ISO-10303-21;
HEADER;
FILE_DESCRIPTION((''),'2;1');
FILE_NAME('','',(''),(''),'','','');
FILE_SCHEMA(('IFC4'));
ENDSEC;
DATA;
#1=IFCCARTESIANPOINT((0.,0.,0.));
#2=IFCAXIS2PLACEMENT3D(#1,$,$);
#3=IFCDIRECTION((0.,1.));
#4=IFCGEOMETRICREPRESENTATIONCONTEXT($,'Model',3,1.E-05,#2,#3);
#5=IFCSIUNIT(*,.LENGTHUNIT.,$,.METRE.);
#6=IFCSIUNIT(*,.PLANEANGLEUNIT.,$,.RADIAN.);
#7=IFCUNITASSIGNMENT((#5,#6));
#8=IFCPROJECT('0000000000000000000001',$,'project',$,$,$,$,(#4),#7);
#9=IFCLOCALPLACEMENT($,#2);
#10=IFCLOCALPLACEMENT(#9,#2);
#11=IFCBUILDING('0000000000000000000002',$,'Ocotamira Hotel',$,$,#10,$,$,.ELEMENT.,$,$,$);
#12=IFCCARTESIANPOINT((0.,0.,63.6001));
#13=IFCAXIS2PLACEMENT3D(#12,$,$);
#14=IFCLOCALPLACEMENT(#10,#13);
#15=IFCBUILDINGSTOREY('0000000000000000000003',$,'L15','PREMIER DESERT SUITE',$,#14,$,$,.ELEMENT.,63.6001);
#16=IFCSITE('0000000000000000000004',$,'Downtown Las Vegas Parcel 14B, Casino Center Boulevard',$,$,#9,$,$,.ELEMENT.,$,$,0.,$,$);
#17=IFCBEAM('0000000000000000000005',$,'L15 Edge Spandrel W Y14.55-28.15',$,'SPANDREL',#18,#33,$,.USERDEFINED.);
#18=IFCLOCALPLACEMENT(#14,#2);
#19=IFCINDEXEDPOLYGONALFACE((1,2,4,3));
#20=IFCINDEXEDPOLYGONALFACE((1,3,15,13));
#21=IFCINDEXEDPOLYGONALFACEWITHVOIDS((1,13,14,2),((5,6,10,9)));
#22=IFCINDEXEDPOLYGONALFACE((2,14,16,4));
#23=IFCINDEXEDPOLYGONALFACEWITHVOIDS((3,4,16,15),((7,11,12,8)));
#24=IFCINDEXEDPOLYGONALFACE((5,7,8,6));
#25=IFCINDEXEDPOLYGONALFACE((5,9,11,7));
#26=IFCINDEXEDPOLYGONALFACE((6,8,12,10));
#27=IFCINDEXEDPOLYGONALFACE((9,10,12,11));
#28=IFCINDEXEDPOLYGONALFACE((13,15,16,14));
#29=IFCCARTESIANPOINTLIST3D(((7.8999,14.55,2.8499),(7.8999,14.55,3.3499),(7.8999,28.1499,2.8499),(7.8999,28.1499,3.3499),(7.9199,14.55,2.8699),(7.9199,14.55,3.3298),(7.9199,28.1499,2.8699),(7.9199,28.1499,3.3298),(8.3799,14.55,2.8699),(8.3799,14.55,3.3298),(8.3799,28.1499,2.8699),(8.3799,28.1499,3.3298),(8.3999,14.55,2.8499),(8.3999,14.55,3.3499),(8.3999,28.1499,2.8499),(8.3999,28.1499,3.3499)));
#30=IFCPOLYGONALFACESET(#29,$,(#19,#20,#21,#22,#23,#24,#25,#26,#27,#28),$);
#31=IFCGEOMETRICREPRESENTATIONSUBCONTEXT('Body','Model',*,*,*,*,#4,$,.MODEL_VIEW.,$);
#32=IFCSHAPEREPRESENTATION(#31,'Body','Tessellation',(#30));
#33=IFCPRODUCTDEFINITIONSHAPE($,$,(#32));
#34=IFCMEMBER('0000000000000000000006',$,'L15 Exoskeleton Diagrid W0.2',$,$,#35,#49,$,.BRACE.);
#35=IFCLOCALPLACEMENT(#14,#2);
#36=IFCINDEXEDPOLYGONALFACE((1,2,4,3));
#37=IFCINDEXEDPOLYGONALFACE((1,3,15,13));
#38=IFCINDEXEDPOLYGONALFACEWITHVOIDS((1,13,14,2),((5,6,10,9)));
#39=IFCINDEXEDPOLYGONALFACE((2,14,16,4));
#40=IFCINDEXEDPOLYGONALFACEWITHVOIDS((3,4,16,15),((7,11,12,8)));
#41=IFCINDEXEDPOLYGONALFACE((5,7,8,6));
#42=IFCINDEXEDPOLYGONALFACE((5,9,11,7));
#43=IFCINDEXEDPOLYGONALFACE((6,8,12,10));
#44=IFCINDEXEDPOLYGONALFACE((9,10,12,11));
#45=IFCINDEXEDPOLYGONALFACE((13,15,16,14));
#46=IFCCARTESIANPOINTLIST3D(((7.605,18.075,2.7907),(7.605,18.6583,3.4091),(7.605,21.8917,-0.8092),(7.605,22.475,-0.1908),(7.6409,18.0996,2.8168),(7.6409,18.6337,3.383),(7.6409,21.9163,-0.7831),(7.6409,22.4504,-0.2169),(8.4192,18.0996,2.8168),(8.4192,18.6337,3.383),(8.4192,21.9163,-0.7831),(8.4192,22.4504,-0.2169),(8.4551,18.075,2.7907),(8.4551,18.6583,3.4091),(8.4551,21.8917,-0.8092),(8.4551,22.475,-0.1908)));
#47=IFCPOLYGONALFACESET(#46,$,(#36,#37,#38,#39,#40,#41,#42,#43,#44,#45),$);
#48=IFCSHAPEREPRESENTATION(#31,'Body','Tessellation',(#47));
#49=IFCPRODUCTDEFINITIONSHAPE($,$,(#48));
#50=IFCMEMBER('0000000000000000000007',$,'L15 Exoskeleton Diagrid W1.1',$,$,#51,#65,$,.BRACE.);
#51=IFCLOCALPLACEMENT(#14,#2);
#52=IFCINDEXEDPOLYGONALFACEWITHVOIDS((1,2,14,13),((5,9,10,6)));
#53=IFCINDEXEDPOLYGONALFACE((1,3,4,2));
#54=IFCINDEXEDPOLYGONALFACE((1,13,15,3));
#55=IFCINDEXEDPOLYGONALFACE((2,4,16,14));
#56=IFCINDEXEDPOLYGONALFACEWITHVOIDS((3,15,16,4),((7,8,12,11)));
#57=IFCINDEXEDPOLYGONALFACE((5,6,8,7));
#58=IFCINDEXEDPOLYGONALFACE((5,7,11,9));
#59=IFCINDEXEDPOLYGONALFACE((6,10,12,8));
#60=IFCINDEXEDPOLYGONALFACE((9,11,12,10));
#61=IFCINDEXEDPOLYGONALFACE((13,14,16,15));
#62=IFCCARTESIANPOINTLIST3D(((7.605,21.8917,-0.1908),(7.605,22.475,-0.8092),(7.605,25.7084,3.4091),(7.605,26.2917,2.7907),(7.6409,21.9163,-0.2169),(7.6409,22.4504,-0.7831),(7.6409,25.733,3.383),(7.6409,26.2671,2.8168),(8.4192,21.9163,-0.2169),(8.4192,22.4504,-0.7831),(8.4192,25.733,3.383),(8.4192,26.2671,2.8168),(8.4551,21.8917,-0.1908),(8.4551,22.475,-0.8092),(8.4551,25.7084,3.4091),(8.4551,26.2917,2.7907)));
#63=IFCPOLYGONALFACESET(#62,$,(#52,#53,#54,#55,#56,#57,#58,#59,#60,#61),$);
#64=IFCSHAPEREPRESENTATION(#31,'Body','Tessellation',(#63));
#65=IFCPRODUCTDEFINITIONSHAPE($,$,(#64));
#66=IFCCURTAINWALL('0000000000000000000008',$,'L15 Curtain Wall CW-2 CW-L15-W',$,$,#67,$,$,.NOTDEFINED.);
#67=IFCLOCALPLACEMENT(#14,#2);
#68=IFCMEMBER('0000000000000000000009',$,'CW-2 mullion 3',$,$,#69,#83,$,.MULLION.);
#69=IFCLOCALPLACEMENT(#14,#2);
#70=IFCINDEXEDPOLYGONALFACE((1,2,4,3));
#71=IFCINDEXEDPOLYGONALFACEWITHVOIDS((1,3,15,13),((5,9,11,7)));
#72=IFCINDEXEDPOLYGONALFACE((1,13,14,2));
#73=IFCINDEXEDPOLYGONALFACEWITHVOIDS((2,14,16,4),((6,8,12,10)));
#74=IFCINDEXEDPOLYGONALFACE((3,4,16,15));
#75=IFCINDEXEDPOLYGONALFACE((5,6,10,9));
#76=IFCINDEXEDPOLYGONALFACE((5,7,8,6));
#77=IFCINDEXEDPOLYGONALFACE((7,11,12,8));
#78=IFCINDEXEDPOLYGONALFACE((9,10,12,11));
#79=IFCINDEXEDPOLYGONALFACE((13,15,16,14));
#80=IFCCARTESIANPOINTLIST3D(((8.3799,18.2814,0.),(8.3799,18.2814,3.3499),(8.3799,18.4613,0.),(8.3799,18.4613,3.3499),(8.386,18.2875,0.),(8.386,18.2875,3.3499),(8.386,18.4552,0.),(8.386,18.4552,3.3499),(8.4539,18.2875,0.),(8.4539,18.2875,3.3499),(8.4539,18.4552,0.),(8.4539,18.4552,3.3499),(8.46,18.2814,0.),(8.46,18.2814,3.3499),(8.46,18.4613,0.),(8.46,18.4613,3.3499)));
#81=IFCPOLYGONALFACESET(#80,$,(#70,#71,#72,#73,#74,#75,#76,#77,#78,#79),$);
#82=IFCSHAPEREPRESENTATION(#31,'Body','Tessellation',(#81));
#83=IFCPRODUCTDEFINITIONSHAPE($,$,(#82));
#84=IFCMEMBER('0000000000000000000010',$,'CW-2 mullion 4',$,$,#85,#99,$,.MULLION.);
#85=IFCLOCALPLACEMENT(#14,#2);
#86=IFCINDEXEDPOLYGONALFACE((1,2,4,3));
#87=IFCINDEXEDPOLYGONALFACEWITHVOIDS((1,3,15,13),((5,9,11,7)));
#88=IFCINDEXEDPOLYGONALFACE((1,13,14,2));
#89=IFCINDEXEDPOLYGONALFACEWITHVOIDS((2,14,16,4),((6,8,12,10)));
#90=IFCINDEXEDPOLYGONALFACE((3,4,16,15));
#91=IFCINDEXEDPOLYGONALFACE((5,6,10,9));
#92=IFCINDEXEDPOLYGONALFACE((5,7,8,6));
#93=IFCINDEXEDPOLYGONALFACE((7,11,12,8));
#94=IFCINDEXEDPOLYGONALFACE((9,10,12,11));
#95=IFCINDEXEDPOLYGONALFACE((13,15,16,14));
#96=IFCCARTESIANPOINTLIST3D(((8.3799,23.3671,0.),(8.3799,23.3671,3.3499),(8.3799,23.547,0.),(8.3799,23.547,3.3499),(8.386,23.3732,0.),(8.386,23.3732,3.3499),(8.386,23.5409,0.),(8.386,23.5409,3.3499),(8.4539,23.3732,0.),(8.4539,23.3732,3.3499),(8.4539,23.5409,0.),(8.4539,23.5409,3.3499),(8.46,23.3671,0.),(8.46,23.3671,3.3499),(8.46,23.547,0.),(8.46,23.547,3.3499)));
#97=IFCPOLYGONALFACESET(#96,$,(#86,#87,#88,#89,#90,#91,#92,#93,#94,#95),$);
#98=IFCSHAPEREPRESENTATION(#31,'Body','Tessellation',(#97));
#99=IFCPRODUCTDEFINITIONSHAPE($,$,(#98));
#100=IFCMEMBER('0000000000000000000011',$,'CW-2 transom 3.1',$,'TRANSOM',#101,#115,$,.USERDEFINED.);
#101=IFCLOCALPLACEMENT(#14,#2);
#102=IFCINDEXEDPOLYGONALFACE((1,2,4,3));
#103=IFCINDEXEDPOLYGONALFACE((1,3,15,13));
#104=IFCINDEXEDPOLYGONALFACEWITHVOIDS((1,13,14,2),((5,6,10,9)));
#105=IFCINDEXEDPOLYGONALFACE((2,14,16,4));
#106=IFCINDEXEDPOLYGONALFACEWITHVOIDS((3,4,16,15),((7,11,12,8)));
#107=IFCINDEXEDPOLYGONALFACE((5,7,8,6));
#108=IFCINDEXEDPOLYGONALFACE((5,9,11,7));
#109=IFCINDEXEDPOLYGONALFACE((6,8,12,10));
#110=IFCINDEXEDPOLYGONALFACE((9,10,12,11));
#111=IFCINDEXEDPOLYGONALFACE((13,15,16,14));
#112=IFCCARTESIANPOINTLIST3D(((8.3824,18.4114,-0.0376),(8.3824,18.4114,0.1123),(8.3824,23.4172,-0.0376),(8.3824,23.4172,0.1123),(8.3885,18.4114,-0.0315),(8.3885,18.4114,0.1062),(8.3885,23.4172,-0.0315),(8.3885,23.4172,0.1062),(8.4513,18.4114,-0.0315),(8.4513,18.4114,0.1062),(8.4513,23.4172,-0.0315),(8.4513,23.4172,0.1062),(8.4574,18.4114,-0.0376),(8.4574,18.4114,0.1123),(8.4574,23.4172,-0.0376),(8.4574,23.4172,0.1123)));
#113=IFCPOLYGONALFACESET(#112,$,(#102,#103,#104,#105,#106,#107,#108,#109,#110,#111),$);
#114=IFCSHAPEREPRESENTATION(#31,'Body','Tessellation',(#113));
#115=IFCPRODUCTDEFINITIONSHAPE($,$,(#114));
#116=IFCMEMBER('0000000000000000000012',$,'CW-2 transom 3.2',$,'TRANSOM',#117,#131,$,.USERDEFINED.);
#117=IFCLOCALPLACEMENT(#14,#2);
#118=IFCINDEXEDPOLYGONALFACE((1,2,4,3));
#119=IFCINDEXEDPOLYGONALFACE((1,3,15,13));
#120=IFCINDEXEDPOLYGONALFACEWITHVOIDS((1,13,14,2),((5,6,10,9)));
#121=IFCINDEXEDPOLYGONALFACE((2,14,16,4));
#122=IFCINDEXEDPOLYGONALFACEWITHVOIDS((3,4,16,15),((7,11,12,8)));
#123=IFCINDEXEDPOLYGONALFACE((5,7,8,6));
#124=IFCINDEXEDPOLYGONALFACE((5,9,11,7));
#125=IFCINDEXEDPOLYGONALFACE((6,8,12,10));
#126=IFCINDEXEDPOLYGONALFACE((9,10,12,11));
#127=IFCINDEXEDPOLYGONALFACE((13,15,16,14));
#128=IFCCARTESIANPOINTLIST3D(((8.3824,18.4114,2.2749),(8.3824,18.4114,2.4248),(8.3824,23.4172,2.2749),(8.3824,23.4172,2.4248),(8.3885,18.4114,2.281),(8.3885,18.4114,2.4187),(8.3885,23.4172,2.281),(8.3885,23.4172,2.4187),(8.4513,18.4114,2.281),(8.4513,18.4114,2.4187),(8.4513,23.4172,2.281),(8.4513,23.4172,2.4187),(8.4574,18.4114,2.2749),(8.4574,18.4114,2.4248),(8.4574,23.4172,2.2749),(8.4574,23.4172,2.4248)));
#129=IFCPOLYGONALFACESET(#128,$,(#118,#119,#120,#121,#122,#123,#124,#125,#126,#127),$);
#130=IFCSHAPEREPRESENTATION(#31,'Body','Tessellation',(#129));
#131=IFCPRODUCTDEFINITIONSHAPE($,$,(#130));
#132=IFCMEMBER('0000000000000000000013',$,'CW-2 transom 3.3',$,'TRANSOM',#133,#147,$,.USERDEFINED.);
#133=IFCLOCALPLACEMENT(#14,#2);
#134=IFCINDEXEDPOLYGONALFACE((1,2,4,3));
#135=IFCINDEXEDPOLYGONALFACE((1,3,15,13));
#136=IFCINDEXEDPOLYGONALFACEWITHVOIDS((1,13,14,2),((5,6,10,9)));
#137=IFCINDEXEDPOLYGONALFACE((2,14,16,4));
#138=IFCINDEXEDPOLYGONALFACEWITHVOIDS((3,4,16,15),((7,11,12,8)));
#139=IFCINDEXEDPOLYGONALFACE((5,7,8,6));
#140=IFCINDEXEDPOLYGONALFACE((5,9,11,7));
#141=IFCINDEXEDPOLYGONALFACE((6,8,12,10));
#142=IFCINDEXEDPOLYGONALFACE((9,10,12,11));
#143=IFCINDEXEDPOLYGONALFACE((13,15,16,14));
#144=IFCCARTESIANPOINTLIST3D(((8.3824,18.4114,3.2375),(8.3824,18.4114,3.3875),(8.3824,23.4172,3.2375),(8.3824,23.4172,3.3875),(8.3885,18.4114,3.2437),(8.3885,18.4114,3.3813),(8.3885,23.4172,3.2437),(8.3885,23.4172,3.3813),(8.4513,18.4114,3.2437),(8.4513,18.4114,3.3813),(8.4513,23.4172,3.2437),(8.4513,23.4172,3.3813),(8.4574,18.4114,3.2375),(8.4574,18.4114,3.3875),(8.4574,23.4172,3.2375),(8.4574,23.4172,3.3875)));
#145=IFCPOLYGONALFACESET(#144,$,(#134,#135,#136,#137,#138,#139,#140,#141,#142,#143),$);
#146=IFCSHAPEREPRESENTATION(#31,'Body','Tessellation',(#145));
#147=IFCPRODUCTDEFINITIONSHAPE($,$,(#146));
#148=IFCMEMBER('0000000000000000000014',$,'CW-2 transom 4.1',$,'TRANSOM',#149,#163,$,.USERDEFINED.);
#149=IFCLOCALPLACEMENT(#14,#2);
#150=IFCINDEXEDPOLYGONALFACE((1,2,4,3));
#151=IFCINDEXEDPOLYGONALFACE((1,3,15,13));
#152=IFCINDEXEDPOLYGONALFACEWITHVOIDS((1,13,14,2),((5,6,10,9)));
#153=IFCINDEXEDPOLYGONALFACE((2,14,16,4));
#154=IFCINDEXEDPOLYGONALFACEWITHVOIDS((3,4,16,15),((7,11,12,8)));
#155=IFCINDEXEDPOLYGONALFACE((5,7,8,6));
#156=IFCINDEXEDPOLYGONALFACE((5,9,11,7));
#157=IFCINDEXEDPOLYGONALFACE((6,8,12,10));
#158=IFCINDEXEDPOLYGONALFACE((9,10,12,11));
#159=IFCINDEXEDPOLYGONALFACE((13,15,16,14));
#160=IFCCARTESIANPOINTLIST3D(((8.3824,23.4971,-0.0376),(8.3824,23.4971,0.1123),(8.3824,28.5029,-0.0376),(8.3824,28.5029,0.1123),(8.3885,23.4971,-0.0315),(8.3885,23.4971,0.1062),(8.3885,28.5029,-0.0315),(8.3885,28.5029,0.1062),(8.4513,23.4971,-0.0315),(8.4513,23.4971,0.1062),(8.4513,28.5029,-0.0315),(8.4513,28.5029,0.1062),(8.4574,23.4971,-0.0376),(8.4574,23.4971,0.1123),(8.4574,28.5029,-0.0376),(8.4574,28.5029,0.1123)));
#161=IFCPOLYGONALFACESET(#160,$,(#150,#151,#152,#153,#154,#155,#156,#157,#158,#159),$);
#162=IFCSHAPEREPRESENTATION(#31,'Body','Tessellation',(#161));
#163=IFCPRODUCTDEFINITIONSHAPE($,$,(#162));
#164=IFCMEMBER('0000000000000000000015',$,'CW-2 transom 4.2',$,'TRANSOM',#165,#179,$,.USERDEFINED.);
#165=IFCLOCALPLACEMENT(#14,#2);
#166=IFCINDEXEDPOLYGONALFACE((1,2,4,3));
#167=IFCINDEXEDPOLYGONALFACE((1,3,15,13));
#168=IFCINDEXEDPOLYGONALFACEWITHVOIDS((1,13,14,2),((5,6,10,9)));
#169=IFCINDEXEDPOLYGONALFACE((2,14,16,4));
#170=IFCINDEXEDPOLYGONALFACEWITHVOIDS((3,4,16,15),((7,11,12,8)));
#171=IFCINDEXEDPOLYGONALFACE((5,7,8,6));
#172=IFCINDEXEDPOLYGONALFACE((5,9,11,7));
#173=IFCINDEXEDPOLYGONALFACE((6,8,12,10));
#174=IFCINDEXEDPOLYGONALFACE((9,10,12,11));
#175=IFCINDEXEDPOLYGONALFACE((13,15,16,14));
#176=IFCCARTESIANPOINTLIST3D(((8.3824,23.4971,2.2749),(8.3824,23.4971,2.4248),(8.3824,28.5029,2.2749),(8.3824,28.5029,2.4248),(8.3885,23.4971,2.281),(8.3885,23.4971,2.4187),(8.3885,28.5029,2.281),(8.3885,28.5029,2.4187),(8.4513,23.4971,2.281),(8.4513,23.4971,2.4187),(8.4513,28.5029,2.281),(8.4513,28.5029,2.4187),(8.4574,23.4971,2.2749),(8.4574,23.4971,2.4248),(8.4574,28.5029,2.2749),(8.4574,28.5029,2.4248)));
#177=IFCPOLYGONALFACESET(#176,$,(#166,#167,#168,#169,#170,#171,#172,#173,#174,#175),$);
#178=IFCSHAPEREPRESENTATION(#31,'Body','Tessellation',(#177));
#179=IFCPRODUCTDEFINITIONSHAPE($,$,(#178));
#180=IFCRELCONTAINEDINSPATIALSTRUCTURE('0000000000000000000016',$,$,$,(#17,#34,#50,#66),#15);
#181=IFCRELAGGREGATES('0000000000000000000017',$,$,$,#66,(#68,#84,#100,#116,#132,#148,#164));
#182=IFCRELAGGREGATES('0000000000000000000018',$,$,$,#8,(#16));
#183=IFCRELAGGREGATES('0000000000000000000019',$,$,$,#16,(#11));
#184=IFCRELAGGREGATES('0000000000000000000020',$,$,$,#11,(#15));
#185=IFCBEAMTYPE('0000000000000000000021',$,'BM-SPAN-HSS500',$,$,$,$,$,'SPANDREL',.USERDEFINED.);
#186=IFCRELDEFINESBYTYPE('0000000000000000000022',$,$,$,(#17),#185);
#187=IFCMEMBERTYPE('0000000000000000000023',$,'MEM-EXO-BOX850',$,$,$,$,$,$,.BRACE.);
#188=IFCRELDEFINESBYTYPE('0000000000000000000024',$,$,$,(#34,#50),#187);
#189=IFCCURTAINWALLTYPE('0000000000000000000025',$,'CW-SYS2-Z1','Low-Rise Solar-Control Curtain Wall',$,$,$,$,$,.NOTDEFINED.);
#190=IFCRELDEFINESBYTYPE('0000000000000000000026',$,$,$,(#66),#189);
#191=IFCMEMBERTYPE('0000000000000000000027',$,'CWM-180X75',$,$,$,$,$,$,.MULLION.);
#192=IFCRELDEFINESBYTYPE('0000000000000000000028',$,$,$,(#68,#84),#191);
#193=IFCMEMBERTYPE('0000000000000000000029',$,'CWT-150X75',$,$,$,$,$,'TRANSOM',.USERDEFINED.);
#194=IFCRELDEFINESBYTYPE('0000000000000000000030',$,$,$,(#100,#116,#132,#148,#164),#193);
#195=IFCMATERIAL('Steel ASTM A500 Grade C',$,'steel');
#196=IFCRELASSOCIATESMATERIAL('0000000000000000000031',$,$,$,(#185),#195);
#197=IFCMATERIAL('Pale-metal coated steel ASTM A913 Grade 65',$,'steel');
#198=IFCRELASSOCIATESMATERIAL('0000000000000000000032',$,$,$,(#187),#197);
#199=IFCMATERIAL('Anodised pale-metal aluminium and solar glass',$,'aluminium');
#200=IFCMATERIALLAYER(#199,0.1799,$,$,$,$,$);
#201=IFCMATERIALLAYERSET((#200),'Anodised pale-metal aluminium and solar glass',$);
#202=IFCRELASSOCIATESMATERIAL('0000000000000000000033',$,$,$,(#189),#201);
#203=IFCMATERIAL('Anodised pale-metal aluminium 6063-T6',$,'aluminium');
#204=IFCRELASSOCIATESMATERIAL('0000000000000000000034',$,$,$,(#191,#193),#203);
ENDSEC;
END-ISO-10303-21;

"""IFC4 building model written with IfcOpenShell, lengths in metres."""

from ifc_helpers import new_model, si_unit, direction, frame, origin, origin_2d, place, context, subcontext, project, spatial, hollow_rectangle, extrude, source, transform, mapped, material, layer, layer_set, material_profile, profile_set, type_object, element, aggregate, save


model = new_model("IFC4")

# Units and contexts
model_context = context("Model", 3, precision=1e-05, world=origin(), true_north=direction((0.0, 1.0)))
body_context = subcontext(model_context, "Body", "Model", "MODEL_VIEW")
ifc_project = project(units=[si_unit("LENGTHUNIT", "METRE"), si_unit("PLANEANGLEUNIT", "RADIAN")], contexts=[model_context])

# Site, building, storey
site_placement = place(None, origin())
site = spatial("IfcSite", under=ifc_project, at=site_placement, Name="Downtown Las Vegas Parcel 14B, Casino Center Boulevard", CompositionType="ELEMENT", RefElevation=0.0)
building_placement = place(site_placement, origin())
building = spatial("IfcBuilding", under=site, at=building_placement, Name="Ocotamira Hotel", CompositionType="ELEMENT")
storey_placement = place(building_placement, frame((0.0, 0.0, 63.6001)))
storey = spatial("IfcBuildingStorey", under=building, at=storey_placement, Name="L15", Description="PREMIER DESERT SUITE", CompositionType="ELEMENT", Elevation=63.6001)

# Beam
ifc_material_1 = material(Name="Steel ASTM A500 Grade C", Category="steel")
ifc_material_profile_1 = material_profile(ifc_material_1, hollow_rectangle(XDim=0.5, YDim=0.5, WallThickness=0.02, at=origin_2d()), Name="HSS500X500X20")
ifc_profile_set_1 = profile_set([ifc_material_profile_1], Name="Steel ASTM A500 Grade C")
beam_type_1 = type_object("IfcBeamType", Name="BM-SPAN-HSS500", ElementType="SPANDREL", PredefinedType="USERDEFINED", material=ifc_profile_set_1)
shared_shape_1 = source(origin(), body_context, "Body", "SweptSolid", [
    extrude(hollow_rectangle(XDim=0.5, YDim=0.5, WallThickness=0.02, at=origin_2d()), origin(), (0.0, 0.0, 1.0), 13.5999),
])
beam_1_placement = place(storey_placement, frame((8.1499, 14.55, 3.0999), z_axis=(0.0, 1.0, 0.0), x_axis=(-1.0, 0.0, 0.0)))
element("IfcBeam", 1, at=beam_1_placement, inside=storey, type_object=beam_type_1, Name="L15 Edge Spandrel W Y14.55-28.15", ObjectType="SPANDREL", PredefinedType="USERDEFINED", context=body_context, shape_type="MappedRepresentation", body=[
    mapped(shared_shape_1, transform((0.0, 0.0, 0.0), scale=1.0)),
])

# Members
ifc_material_2 = material(Name="Pale-metal coated steel ASTM A913 Grade 65", Category="steel")
ifc_material_profile_2 = material_profile(ifc_material_2, hollow_rectangle(XDim=0.8501, YDim=0.8501, WallThickness=0.0359, at=origin_2d()), Name="BOX850X850X36")
ifc_profile_set_2 = profile_set([ifc_material_profile_2], Name="Pale-metal coated steel ASTM A913 Grade 65")
member_type_1 = type_object("IfcMemberType", Name="MEM-EXO-BOX850", PredefinedType="BRACE", material=ifc_profile_set_2)
shared_shape_2 = source(origin(), body_context, "Body", "SweptSolid", [
    extrude(hollow_rectangle(XDim=0.8501, YDim=0.8501, WallThickness=0.0359, at=origin_2d()), origin(), (0.0, 0.0, 1.0), 5.2466),
])
for number, where, z_axis, x_axis, name in (
    (2, (8.03, 22.1833, -0.5), (0.0, -0.727466, 0.686144), (1.0, 0.0, 0.0), "L15 Exoskeleton Diagrid W0.2"),
    (3, (8.03, 22.1833, -0.5), (0.0, 0.727466, 0.686144), (-1.0, 0.0, 0.0), "L15 Exoskeleton Diagrid W1.1"),
):
    element("IfcMember", number, at=place(storey_placement, frame(where, z_axis=z_axis, x_axis=x_axis)), inside=storey, type_object=member_type_1, Name=name, PredefinedType="BRACE", context=body_context, shape_type="MappedRepresentation", body=[
        mapped(shared_shape_2, transform((0.0, 0.0, 0.0), scale=1.0)),
    ])

# Curtain wall, members
ifc_material_3 = material(Name="Anodised pale-metal aluminium and solar glass", Category="aluminium")
ifc_layer_1 = layer(ifc_material_3, 0.1799)
ifc_layer_set_1 = layer_set([ifc_layer_1], Name="Anodised pale-metal aluminium and solar glass")
curtain_wall_type = type_object("IfcCurtainWallType", Name="CW-SYS2-Z1", Description="Low-Rise Solar-Control Curtain Wall", PredefinedType="NOTDEFINED", material=ifc_layer_set_1)
curtain_wall_placement = place(storey_placement, origin())
curtain_wall = element("IfcCurtainWall", 4, at=curtain_wall_placement, inside=storey, type_object=curtain_wall_type, Name="L15 Curtain Wall CW-2 CW-L15-W", PredefinedType="NOTDEFINED")
ifc_material_4 = material(Name="Anodised pale-metal aluminium 6063-T6", Category="aluminium")
ifc_material_profile_3 = material_profile(ifc_material_4, hollow_rectangle(XDim=0.0801, YDim=0.1799, WallThickness=0.0061, at=origin_2d()), Name="HSS180X80X6")
ifc_profile_set_3 = profile_set([ifc_material_profile_3], Name="Anodised pale-metal aluminium 6063-T6")
member_type_2 = type_object("IfcMemberType", Name="CWM-180X75", PredefinedType="MULLION", material=ifc_profile_set_3)
shared_shape_3 = source(origin(), body_context, "Body", "SweptSolid", [
    extrude(hollow_rectangle(XDim=0.0801, YDim=0.1799, WallThickness=0.0061, at=origin_2d()), origin(), (0.0, 0.0, 1.0), 3.3499),
])
member_1_placement = place(storey_placement, frame((8.4199, 18.3713, 0.0), z_axis=(0.0, 0.0, 1.0), x_axis=(-1.0, 0.0, 0.0)))
member_1 = element("IfcMember", 5, at=member_1_placement, type_object=member_type_2, Name="CW-2 mullion 3", PredefinedType="MULLION", context=body_context, shape_type="MappedRepresentation", body=[
    mapped(shared_shape_3, transform((0.0, 0.0, 0.0), scale=1.0)),
])
member_2_placement = place(storey_placement, frame((8.4199, 23.457, 0.0), z_axis=(0.0, 0.0, 1.0), x_axis=(-1.0, 0.0, 0.0)))
member_2 = element("IfcMember", 6, at=member_2_placement, type_object=member_type_2, Name="CW-2 mullion 4", PredefinedType="MULLION", context=body_context, shape_type="MappedRepresentation", body=[
    mapped(shared_shape_3, transform((0.0, 0.0, 0.0), scale=1.0)),
])
ifc_material_profile_4 = material_profile(ifc_material_4, hollow_rectangle(XDim=0.075, YDim=0.1499, WallThickness=0.0061, at=origin_2d()), Name="HSS150X75X6")
ifc_profile_set_4 = profile_set([ifc_material_profile_4], Name="Anodised pale-metal aluminium 6063-T6")
member_type_3 = type_object("IfcMemberType", Name="CWT-150X75", ElementType="TRANSOM", PredefinedType="USERDEFINED", material=ifc_profile_set_4)
shared_shape_4 = source(origin(), body_context, "Body", "SweptSolid", [
    extrude(hollow_rectangle(XDim=0.075, YDim=0.1499, WallThickness=0.0061, at=origin_2d()), origin(), (0.0, 0.0, 1.0), 5.0059),
])
member_3_placement = place(storey_placement, frame((8.4199, 18.4114, 0.0374), z_axis=(0.0, 1.0, 0.0), x_axis=(-1.0, 0.0, 0.0)))
member_3 = element("IfcMember", 7, at=member_3_placement, type_object=member_type_3, Name="CW-2 transom 3.1", ObjectType="TRANSOM", PredefinedType="USERDEFINED", context=body_context, shape_type="MappedRepresentation", body=[
    mapped(shared_shape_4, transform((0.0, 0.0, 0.0), scale=1.0)),
])
member_4_placement = place(storey_placement, frame((8.4199, 18.4114, 2.3499), z_axis=(0.0, 1.0, 0.0), x_axis=(-1.0, 0.0, 0.0)))
member_4 = element("IfcMember", 8, at=member_4_placement, type_object=member_type_3, Name="CW-2 transom 3.2", ObjectType="TRANSOM", PredefinedType="USERDEFINED", context=body_context, shape_type="MappedRepresentation", body=[
    mapped(shared_shape_4, transform((0.0, 0.0, 0.0), scale=1.0)),
])
member_5_placement = place(storey_placement, frame((8.4199, 18.4114, 3.3125), z_axis=(0.0, 1.0, 0.0), x_axis=(-1.0, 0.0, 0.0)))
member_5 = element("IfcMember", 9, at=member_5_placement, type_object=member_type_3, Name="CW-2 transom 3.3", ObjectType="TRANSOM", PredefinedType="USERDEFINED", context=body_context, shape_type="MappedRepresentation", body=[
    mapped(shared_shape_4, transform((0.0, 0.0, 0.0), scale=1.0)),
])
member_6_placement = place(storey_placement, frame((8.4199, 23.4971, 0.0374), z_axis=(0.0, 1.0, 0.0), x_axis=(-1.0, 0.0, 0.0)))
member_6 = element("IfcMember", 10, at=member_6_placement, type_object=member_type_3, Name="CW-2 transom 4.1", ObjectType="TRANSOM", PredefinedType="USERDEFINED", context=body_context, shape_type="MappedRepresentation", body=[
    mapped(shared_shape_4, transform((0.0, 0.0, 0.0), scale=1.0)),
])
member_7_placement = place(storey_placement, frame((8.4199, 23.4971, 2.3499), z_axis=(0.0, 1.0, 0.0), x_axis=(-1.0, 0.0, 0.0)))
member_7 = element("IfcMember", 11, at=member_7_placement, type_object=member_type_3, Name="CW-2 transom 4.2", ObjectType="TRANSOM", PredefinedType="USERDEFINED", context=body_context, shape_type="MappedRepresentation", body=[
    mapped(shared_shape_4, transform((0.0, 0.0, 0.0), scale=1.0)),
])

aggregate(curtain_wall, [member_1, member_2, member_3, member_4, member_5, member_6, member_7])

save(model, "model.ifc")
